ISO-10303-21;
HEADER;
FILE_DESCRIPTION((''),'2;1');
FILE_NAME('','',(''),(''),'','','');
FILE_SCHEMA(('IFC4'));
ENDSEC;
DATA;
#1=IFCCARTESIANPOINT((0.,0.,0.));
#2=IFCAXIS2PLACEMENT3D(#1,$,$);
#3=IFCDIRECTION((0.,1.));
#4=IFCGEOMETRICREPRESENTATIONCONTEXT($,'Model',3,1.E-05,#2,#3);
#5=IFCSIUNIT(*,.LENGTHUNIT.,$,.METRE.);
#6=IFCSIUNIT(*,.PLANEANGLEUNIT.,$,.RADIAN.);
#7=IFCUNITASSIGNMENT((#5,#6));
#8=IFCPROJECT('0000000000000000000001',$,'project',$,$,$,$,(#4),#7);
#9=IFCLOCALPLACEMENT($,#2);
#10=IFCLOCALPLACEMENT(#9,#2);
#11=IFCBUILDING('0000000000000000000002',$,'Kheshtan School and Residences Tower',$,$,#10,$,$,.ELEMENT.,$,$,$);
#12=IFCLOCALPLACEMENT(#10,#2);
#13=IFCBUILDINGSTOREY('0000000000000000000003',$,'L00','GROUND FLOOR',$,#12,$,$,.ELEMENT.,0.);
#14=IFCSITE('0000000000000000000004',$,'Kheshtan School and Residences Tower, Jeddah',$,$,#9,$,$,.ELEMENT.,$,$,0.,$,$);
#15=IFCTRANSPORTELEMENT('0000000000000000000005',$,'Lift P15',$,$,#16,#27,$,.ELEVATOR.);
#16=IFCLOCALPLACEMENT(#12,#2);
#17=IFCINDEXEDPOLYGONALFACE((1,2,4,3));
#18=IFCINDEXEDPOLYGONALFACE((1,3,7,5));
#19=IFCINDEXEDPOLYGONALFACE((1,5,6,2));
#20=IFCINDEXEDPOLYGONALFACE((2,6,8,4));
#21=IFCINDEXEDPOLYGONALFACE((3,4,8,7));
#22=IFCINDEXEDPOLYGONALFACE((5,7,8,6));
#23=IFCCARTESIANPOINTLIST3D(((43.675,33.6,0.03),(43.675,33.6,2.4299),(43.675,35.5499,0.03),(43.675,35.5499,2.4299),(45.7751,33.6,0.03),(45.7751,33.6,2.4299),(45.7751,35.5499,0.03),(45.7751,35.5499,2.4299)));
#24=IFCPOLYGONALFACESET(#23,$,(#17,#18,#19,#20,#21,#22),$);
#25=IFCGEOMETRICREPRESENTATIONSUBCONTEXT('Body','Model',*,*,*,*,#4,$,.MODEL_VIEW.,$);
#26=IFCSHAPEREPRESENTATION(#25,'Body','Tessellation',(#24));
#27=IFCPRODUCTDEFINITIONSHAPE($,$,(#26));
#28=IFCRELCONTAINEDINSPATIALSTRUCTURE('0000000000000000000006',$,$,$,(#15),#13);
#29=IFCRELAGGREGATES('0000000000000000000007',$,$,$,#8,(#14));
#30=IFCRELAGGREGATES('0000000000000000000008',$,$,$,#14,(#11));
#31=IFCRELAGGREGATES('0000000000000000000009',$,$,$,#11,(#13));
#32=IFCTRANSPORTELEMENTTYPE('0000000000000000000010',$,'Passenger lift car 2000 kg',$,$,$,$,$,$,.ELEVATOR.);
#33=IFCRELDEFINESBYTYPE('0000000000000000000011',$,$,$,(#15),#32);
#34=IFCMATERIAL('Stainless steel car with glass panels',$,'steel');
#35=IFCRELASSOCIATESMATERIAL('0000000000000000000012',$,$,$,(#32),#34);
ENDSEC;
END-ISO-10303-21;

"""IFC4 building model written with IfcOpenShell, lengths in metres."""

from ifc_helpers import new_model, si_unit, direction, frame, origin, origin_2d, place, context, subcontext, project, spatial, rectangle, extrude, material, type_object, element, save


model = new_model("IFC4")

# Units and contexts
model_context = context("Model", 3, precision=1e-05, world=origin(), true_north=direction((0.0, 1.0)))
body_context = subcontext(model_context, "Body", "Model", "MODEL_VIEW")
ifc_project = project(units=[si_unit("LENGTHUNIT", "METRE"), si_unit("PLANEANGLEUNIT", "RADIAN")], contexts=[model_context])

# Site, building, storey
site_placement = place(None, origin())
site = spatial("IfcSite", under=ifc_project, at=site_placement, Name="Kheshtan School and Residences Tower, Jeddah", CompositionType="ELEMENT", RefElevation=0.0)
building_placement = place(site_placement, origin())
building = spatial("IfcBuilding", under=site, at=building_placement, Name="Kheshtan School and Residences Tower", CompositionType="ELEMENT")
storey_placement = place(building_placement, origin())
storey = spatial("IfcBuildingStorey", under=building, at=storey_placement, Name="L00", Description="GROUND FLOOR", CompositionType="ELEMENT", Elevation=0.0)

# Transport element
ifc_material_1 = material(Name="Stainless steel car with glass panels", Category="steel")
transport_element_type = type_object("IfcTransportElementType", Name="Passenger lift car 2000 kg", PredefinedType="ELEVATOR", material=ifc_material_1)
transport_element_placement = place(storey_placement, frame((44.7251, 34.575, 0.03), z_axis=(0.0, 0.0, 1.0), x_axis=(1.0, 0.0, 0.0)))
element("IfcTransportElement", 1, at=transport_element_placement, inside=storey, type_object=transport_element_type, Name="Lift P15", PredefinedType="ELEVATOR", context=body_context, shape_type="SweptSolid", body=[
    extrude(rectangle(XDim=2.1001, YDim=1.95, at=origin_2d()), origin(), (0.0, 0.0, 1.0), 2.3999),
])

save(model, "model.ifc")
